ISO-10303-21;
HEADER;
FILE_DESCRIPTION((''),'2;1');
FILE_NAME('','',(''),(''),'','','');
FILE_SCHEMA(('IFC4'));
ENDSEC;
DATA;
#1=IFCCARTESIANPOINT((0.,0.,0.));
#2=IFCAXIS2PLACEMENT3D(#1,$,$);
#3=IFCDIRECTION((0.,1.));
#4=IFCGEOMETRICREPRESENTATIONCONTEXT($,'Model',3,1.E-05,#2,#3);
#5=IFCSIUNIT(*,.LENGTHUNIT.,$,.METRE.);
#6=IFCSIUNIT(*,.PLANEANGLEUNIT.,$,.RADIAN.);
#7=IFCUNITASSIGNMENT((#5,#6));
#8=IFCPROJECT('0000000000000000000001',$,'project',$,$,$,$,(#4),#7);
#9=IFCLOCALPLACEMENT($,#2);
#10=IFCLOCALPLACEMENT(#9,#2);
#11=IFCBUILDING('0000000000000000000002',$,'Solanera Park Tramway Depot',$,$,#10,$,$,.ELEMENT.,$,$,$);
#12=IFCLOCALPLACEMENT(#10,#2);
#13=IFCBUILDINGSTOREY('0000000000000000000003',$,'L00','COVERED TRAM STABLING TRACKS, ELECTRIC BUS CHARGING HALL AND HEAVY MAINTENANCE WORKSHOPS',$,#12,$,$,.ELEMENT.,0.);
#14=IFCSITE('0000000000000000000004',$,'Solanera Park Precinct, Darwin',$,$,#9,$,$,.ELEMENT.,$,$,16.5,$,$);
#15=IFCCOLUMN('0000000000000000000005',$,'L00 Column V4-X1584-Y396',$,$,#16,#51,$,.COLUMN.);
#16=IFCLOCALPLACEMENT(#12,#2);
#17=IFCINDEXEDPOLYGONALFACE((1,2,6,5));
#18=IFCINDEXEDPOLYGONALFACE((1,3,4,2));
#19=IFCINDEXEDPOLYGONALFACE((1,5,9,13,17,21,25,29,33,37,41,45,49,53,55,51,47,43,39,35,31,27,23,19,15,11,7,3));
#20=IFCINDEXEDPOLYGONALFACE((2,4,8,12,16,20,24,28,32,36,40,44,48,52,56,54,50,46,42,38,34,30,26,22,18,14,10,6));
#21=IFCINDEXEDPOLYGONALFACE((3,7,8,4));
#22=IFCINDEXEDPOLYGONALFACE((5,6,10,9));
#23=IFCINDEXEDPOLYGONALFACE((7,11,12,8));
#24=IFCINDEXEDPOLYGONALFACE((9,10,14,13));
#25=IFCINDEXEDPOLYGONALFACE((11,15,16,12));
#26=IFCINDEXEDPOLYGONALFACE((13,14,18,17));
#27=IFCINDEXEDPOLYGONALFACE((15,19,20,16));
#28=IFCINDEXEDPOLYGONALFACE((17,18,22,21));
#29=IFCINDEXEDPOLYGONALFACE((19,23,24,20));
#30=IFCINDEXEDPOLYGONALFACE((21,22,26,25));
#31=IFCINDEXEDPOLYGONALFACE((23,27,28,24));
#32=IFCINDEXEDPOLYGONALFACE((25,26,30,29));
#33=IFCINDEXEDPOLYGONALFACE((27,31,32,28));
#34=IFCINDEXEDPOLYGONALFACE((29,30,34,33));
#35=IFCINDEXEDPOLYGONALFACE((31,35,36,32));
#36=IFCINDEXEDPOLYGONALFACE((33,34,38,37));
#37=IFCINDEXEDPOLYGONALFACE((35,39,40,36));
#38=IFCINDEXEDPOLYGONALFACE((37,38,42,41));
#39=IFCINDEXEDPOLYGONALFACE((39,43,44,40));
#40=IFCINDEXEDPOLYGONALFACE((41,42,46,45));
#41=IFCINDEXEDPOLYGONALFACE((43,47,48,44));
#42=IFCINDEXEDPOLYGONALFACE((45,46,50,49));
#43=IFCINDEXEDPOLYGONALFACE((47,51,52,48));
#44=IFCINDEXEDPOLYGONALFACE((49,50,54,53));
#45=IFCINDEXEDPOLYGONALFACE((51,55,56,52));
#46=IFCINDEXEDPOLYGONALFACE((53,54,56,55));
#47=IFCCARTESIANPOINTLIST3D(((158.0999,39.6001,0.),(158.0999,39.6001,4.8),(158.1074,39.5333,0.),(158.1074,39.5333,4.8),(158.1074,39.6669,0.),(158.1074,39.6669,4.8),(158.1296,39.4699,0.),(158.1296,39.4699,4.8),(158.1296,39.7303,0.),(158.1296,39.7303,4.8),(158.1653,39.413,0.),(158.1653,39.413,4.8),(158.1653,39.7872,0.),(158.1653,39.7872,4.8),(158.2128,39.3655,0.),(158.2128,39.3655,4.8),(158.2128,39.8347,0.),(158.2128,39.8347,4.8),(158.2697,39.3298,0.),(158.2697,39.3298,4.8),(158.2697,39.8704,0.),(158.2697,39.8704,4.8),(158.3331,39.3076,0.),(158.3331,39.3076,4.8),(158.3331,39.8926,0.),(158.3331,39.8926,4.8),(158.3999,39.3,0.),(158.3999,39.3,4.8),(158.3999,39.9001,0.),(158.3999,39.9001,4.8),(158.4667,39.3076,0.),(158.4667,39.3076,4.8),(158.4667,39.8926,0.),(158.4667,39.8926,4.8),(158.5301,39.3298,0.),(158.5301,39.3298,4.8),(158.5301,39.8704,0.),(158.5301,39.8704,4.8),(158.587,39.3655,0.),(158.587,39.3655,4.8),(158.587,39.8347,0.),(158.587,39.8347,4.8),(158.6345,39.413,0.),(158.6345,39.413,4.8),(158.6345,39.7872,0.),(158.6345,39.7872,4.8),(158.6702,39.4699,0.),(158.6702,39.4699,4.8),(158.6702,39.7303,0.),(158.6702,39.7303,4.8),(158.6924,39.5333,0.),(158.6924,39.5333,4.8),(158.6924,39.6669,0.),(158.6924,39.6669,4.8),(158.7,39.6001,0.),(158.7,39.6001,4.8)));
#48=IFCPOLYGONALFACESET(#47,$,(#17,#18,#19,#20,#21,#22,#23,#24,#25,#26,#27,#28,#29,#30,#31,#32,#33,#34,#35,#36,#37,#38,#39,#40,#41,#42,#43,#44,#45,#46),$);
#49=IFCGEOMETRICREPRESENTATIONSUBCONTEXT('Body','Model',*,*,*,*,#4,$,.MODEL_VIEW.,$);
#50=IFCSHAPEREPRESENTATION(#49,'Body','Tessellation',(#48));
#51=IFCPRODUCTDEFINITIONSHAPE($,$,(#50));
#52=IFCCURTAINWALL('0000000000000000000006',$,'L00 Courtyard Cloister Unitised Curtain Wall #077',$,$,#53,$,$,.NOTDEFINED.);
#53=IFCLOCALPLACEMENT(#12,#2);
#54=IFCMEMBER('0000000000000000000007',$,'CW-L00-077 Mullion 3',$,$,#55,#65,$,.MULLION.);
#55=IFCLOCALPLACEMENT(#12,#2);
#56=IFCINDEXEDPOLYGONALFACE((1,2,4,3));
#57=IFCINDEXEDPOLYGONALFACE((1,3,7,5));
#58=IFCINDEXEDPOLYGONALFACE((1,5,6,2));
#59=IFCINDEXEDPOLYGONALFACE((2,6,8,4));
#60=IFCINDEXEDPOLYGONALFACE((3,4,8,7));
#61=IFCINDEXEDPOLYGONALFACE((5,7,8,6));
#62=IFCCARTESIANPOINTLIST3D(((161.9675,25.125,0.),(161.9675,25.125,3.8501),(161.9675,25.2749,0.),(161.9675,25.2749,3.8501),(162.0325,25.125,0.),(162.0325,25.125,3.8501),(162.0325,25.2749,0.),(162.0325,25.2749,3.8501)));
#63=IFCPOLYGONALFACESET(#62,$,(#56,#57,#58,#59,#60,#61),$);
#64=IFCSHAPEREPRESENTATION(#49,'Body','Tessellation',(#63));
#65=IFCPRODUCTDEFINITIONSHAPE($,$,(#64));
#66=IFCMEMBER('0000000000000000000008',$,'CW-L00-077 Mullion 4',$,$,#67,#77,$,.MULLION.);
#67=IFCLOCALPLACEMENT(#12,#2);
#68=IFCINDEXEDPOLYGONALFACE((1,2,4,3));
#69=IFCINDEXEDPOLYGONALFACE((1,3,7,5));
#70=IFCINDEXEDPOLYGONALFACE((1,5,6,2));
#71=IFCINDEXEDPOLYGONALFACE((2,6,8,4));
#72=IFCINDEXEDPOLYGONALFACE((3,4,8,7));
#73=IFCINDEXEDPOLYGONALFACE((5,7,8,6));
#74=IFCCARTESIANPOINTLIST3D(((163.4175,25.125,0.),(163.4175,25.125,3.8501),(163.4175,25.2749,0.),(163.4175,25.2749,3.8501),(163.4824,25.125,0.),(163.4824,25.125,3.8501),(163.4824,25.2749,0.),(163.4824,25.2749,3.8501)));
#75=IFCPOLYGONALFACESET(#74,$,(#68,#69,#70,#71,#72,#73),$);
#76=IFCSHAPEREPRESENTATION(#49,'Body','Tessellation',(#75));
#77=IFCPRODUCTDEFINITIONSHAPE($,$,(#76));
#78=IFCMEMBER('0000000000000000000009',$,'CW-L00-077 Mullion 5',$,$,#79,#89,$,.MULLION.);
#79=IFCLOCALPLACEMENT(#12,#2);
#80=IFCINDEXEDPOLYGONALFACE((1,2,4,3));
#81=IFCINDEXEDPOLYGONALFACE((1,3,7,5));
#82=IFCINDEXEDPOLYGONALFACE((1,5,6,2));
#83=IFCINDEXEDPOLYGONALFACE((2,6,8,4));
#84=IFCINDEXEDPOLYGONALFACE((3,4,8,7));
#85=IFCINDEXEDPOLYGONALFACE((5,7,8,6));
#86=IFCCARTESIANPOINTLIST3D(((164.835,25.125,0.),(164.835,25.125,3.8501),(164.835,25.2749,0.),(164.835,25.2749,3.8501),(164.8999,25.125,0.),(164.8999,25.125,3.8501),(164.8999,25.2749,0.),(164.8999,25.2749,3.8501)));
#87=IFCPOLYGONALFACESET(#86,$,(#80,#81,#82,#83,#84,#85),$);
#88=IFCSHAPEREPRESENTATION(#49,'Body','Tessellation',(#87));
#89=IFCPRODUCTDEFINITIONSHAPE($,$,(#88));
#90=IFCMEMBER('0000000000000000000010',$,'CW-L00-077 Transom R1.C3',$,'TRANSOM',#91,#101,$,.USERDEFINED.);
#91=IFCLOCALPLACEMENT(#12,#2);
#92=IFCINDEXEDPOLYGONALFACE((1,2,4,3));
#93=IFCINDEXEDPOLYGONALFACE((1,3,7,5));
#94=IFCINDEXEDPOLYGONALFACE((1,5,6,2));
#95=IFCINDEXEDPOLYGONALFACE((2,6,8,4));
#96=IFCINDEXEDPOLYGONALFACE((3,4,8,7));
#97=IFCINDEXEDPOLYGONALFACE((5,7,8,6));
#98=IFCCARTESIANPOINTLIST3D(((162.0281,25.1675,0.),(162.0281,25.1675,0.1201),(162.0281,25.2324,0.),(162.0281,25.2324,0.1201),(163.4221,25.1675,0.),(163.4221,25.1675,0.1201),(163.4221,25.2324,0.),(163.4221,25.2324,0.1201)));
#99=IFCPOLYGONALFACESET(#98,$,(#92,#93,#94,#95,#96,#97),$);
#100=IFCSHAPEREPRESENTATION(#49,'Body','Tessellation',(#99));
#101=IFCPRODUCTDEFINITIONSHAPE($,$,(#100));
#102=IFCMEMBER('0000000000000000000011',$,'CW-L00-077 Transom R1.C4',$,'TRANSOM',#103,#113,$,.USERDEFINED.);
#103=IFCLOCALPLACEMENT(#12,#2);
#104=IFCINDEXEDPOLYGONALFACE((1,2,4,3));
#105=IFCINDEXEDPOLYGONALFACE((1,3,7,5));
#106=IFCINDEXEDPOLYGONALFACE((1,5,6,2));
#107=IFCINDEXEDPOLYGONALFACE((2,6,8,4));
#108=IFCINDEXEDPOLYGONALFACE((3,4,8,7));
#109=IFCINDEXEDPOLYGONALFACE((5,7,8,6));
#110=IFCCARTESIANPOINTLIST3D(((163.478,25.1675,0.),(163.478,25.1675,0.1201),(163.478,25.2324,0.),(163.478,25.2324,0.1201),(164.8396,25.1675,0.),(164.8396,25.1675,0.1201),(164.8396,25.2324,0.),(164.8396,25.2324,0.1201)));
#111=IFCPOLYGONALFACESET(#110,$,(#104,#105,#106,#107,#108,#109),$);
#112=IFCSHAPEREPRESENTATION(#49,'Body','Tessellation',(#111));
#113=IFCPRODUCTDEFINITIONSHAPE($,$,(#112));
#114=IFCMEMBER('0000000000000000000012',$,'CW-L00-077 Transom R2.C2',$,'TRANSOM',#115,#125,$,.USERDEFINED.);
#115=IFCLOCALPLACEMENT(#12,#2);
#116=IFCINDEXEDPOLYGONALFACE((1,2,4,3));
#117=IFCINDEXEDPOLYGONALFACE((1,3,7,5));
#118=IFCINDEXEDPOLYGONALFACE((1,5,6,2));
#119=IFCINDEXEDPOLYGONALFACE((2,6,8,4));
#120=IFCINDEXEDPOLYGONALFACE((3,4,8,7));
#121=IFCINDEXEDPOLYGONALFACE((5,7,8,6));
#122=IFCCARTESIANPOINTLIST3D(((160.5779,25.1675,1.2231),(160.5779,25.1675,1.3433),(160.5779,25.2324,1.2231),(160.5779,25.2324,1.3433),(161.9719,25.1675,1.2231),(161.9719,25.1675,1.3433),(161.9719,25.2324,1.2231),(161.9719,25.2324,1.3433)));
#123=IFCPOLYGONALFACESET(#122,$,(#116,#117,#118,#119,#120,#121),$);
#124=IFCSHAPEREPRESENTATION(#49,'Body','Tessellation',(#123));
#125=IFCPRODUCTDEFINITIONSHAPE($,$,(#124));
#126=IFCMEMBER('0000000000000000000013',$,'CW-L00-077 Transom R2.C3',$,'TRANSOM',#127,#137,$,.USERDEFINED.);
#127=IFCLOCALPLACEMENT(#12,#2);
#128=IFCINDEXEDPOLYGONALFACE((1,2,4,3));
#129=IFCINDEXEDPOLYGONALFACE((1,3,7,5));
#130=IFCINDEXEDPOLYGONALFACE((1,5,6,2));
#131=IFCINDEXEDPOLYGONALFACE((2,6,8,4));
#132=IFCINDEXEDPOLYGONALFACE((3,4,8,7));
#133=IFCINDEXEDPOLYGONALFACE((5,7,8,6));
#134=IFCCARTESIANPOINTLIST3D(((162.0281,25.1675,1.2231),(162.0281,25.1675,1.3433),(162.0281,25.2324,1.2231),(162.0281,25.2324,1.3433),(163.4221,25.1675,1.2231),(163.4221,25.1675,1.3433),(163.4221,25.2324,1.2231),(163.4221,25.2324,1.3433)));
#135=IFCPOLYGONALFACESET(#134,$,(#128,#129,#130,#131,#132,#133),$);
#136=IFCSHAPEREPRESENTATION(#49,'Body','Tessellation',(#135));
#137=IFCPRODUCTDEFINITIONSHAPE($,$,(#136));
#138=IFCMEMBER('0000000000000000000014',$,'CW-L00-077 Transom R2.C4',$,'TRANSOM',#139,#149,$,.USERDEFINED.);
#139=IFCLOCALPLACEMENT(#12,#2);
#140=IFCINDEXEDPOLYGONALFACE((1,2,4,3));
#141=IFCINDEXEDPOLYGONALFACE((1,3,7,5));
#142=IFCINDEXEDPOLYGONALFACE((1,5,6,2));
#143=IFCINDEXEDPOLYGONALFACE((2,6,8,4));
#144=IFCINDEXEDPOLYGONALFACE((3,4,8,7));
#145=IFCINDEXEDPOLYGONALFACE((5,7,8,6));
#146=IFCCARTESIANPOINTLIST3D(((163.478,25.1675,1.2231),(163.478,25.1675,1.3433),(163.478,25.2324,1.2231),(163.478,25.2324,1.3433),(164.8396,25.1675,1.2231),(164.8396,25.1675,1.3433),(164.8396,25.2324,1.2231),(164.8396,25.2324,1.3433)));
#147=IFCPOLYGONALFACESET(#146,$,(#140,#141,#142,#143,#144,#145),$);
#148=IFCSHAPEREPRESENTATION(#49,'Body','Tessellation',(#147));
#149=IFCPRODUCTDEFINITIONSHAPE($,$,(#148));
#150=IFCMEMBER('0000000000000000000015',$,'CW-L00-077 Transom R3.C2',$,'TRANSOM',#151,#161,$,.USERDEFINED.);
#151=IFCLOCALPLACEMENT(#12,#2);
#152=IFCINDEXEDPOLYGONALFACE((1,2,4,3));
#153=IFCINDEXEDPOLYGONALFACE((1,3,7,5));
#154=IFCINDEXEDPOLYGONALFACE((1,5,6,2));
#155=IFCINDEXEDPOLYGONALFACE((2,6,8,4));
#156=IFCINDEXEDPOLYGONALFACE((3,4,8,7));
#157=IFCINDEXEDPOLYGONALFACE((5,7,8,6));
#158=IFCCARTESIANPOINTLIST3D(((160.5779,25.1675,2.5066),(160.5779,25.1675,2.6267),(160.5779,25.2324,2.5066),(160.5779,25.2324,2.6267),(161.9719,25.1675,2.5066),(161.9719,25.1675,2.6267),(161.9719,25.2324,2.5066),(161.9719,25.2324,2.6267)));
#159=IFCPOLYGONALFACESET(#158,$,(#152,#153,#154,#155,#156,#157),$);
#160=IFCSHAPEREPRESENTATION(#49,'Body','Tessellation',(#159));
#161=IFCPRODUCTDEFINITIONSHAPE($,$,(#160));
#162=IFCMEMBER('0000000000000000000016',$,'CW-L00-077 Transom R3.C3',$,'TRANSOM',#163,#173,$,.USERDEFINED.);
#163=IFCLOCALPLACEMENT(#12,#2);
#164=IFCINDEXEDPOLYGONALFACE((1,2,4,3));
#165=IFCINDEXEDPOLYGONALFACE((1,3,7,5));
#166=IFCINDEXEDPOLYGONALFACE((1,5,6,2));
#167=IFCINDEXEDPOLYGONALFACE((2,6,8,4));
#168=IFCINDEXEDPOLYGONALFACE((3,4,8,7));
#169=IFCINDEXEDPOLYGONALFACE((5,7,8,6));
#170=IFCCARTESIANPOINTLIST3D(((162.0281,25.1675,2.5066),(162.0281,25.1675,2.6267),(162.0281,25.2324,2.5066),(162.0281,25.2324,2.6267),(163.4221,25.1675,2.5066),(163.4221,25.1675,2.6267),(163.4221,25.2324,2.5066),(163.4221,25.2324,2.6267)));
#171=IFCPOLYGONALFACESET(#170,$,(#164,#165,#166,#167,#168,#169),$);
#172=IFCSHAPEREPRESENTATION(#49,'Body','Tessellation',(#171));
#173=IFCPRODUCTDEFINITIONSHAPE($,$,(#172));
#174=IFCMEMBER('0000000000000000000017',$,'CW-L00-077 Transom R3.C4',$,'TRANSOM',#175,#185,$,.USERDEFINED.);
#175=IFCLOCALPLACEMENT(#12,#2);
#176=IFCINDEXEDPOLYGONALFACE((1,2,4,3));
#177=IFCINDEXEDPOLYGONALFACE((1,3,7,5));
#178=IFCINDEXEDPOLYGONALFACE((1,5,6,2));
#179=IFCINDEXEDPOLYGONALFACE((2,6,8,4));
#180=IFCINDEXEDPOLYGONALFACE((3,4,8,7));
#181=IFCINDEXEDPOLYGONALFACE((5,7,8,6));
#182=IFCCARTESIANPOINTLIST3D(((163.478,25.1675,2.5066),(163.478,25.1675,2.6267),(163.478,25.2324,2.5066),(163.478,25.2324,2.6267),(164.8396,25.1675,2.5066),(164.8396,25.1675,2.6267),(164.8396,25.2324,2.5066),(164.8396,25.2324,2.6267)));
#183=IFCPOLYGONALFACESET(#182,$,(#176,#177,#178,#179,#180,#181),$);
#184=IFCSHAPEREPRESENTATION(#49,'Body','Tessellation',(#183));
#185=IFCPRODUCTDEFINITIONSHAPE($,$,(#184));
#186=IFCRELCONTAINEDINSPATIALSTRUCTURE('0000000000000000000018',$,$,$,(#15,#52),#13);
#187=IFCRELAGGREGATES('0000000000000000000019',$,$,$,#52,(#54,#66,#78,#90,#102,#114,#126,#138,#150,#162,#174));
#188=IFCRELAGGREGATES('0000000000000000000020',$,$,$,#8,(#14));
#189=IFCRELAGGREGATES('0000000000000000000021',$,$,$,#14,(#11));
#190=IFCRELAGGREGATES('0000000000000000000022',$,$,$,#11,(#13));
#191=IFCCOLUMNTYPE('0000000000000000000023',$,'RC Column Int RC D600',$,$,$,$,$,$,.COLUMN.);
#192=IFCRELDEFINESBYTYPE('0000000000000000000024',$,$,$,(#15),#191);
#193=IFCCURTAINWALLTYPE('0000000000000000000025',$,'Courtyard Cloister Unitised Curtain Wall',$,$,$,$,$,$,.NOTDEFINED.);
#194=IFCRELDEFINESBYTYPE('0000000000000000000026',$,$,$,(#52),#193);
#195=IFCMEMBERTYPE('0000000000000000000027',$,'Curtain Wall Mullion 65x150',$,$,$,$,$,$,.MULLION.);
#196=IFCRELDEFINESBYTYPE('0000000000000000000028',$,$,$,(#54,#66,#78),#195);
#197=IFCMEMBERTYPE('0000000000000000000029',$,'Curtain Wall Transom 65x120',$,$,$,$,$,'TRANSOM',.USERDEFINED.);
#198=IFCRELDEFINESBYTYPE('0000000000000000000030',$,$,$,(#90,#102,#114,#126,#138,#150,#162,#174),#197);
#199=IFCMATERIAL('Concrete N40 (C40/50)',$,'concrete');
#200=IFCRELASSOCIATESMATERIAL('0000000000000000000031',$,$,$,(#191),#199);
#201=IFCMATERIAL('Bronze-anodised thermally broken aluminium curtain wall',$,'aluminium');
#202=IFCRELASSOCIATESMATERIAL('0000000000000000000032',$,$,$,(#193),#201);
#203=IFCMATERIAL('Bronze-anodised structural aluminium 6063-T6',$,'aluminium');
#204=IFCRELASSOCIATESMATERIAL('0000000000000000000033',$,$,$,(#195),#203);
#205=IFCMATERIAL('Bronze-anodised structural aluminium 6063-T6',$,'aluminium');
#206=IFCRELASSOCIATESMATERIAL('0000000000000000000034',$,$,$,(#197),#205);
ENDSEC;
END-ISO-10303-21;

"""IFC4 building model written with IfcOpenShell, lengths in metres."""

from ifc_helpers import new_model, si_unit, direction, frame, origin, origin_2d, place, context, subcontext, project, spatial, rectangle, circle, extrude, material, material_profile, profile_set, type_object, element, aggregate, save


model = new_model("IFC4")

# Units and contexts
model_context = context("Model", 3, precision=1e-05, world=origin(), true_north=direction((0.0, 1.0)))
body_context = subcontext(model_context, "Body", "Model", "MODEL_VIEW")
ifc_project = project(units=[si_unit("LENGTHUNIT", "METRE"), si_unit("PLANEANGLEUNIT", "RADIAN")], contexts=[model_context])

# Site, building, storey
site_placement = place(None, origin())
site = spatial("IfcSite", under=ifc_project, at=site_placement, Name="Solanera Park Precinct, Darwin", CompositionType="ELEMENT", RefElevation=16.5)
building_placement = place(site_placement, origin())
building = spatial("IfcBuilding", under=site, at=building_placement, Name="Solanera Park Tramway Depot", CompositionType="ELEMENT")
storey_placement = place(building_placement, origin())
storey = spatial("IfcBuildingStorey", under=building, at=storey_placement, Name="L00", Description="COVERED TRAM STABLING TRACKS, ELECTRIC BUS CHARGING HALL AND HEAVY MAINTENANCE WORKSHOPS", CompositionType="ELEMENT", Elevation=0.0)

# Column
ifc_material_1 = material(Name="Concrete N40 (C40/50)", Category="concrete")
ifc_material_profile_1 = material_profile(ifc_material_1, circle(Radius=0.3, at=origin_2d()), Name="RC D600")
ifc_profile_set_1 = profile_set([ifc_material_profile_1], Name="Concrete N40 (C40/50)")
column_type_1 = type_object("IfcColumnType", Name="RC Column Int RC D600", PredefinedType="COLUMN", material=ifc_profile_set_1)
column_1_placement = place(storey_placement, frame((158.3999, 39.6001, 0.0), z_axis=(0.0, 0.0, 1.0), x_axis=(1.0, 0.0, 0.0)))
element("IfcColumn", 1, at=column_1_placement, inside=storey, type_object=column_type_1, Name="L00 Column V4-X1584-Y396", PredefinedType="COLUMN", context=body_context, shape_type="SweptSolid", body=[
    extrude(circle(Radius=0.3, at=origin_2d()), origin(), (0.0, 0.0, 1.0), 4.8),
])

# Curtain wall, members
ifc_material_2 = material(Name="Bronze-anodised thermally broken aluminium curtain wall", Category="aluminium")
curtain_wall_type = type_object("IfcCurtainWallType", Name="Courtyard Cloister Unitised Curtain Wall", PredefinedType="NOTDEFINED", material=ifc_material_2)
curtain_wall_placement = place(storey_placement, origin())
curtain_wall = element("IfcCurtainWall", 2, at=curtain_wall_placement, inside=storey, type_object=curtain_wall_type, Name="L00 Courtyard Cloister Unitised Curtain Wall #077", PredefinedType="NOTDEFINED")
ifc_material_3 = material(Name="Bronze-anodised structural aluminium 6063-T6", Category="aluminium")
ifc_material_profile_2 = material_profile(ifc_material_3, rectangle(XDim=0.0649, YDim=0.1499, at=origin_2d()), Name="Curtain Wall Mullion 65x150")
ifc_profile_set_2 = profile_set([ifc_material_profile_2], Name="Bronze-anodised structural aluminium 6063-T6")
member_type_1 = type_object("IfcMemberType", Name="Curtain Wall Mullion 65x150", PredefinedType="MULLION", material=ifc_profile_set_2)
member_1_placement = place(storey_placement, frame((162.0, 25.2, 0.0), z_axis=(0.0, 0.0, 1.0), x_axis=(1.0, 0.0, 0.0)))
member_1 = element("IfcMember", 3, at=member_1_placement, type_object=member_type_1, Name="CW-L00-077 Mullion 3", PredefinedType="MULLION", context=body_context, shape_type="SweptSolid", body=[
    extrude(rectangle(XDim=0.0649, YDim=0.1499, at=origin_2d()), origin(), (0.0, 0.0, 1.0), 3.8501),
])
member_2_placement = place(storey_placement, frame((163.45, 25.2, 0.0), z_axis=(0.0, 0.0, 1.0), x_axis=(1.0, 0.0, 0.0)))
member_2 = element("IfcMember", 4, at=member_2_placement, type_object=member_type_1, Name="CW-L00-077 Mullion 4", PredefinedType="MULLION", context=body_context, shape_type="SweptSolid", body=[
    extrude(rectangle(XDim=0.0649, YDim=0.1499, at=origin_2d()), origin(), (0.0, 0.0, 1.0), 3.8501),
])
member_3_placement = place(storey_placement, frame((164.8674, 25.2, 0.0), z_axis=(0.0, 0.0, 1.0), x_axis=(1.0, 0.0, 0.0)))
member_3 = element("IfcMember", 5, at=member_3_placement, type_object=member_type_1, Name="CW-L00-077 Mullion 5", PredefinedType="MULLION", context=body_context, shape_type="SweptSolid", body=[
    extrude(rectangle(XDim=0.0649, YDim=0.1499, at=origin_2d()), origin(), (0.0, 0.0, 1.0), 3.8501),
])
ifc_material_4 = material(Name="Bronze-anodised structural aluminium 6063-T6", Category="aluminium")
ifc_material_profile_3 = material_profile(ifc_material_4, rectangle(XDim=0.0649, YDim=0.1201, at=origin_2d()), Name="Curtain Wall Transom 65x120")
ifc_profile_set_3 = profile_set([ifc_material_profile_3], Name="Bronze-anodised structural aluminium 6063-T6")
member_type_2 = type_object("IfcMemberType", Name="Curtain Wall Transom 65x120", ElementType="TRANSOM", PredefinedType="USERDEFINED", material=ifc_profile_set_3)
member_4_placement = place(storey_placement, frame((162.0281, 25.2, 0.0601), z_axis=(1.0, 0.0, 0.0), x_axis=(0.0, 1.0, 0.0)))
member_4 = element("IfcMember", 6, at=member_4_placement, type_object=member_type_2, Name="CW-L00-077 Transom R1.C3", ObjectType="TRANSOM", PredefinedType="USERDEFINED", context=body_context, shape_type="SweptSolid", body=[
    extrude(rectangle(XDim=0.0649, YDim=0.1201, at=origin_2d()), origin(), (0.0, 0.0, 1.0), 1.394),
])
member_5_placement = place(storey_placement, frame((163.478, 25.2, 0.0601), z_axis=(1.0, 0.0, 0.0), x_axis=(0.0, 1.0, 0.0)))
member_5 = element("IfcMember", 7, at=member_5_placement, type_object=member_type_2, Name="CW-L00-077 Transom R1.C4", ObjectType="TRANSOM", PredefinedType="USERDEFINED", context=body_context, shape_type="SweptSolid", body=[
    extrude(rectangle(XDim=0.0649, YDim=0.1201, at=origin_2d()), origin(), (0.0, 0.0, 1.0), 1.3616),
])
member_6_placement = place(storey_placement, frame((160.5779, 25.2, 1.2832), z_axis=(1.0, 0.0, 0.0), x_axis=(0.0, 1.0, 0.0)))
member_6 = element("IfcMember", 8, at=member_6_placement, type_object=member_type_2, Name="CW-L00-077 Transom R2.C2", ObjectType="TRANSOM", PredefinedType="USERDEFINED", context=body_context, shape_type="SweptSolid", body=[
    extrude(rectangle(XDim=0.0649, YDim=0.1201, at=origin_2d()), origin(), (0.0, 0.0, 1.0), 1.394),
])
member_7_placement = place(storey_placement, frame((162.0281, 25.2, 1.2832), z_axis=(1.0, 0.0, 0.0), x_axis=(0.0, 1.0, 0.0)))
member_7 = element("IfcMember", 9, at=member_7_placement, type_object=member_type_2, Name="CW-L00-077 Transom R2.C3", ObjectType="TRANSOM", PredefinedType="USERDEFINED", context=body_context, shape_type="SweptSolid", body=[
    extrude(rectangle(XDim=0.0649, YDim=0.1201, at=origin_2d()), origin(), (0.0, 0.0, 1.0), 1.394),
])
member_8_placement = place(storey_placement, frame((163.478, 25.2, 1.2832), z_axis=(1.0, 0.0, 0.0), x_axis=(0.0, 1.0, 0.0)))
member_8 = element("IfcMember", 10, at=member_8_placement, type_object=member_type_2, Name="CW-L00-077 Transom R2.C4", ObjectType="TRANSOM", PredefinedType="USERDEFINED", context=body_context, shape_type="SweptSolid", body=[
    extrude(rectangle(XDim=0.0649, YDim=0.1201, at=origin_2d()), origin(), (0.0, 0.0, 1.0), 1.3616),
])
member_9_placement = place(storey_placement, frame((160.5779, 25.2, 2.5667), z_axis=(1.0, 0.0, 0.0), x_axis=(0.0, 1.0, 0.0)))
member_9 = element("IfcMember", 11, at=member_9_placement, type_object=member_type_2, Name="CW-L00-077 Transom R3.C2", ObjectType="TRANSOM", PredefinedType="USERDEFINED", context=body_context, shape_type="SweptSolid", body=[
    extrude(rectangle(XDim=0.0649, YDim=0.1201, at=origin_2d()), origin(), (0.0, 0.0, 1.0), 1.394),
])
member_10_placement = place(storey_placement, frame((162.0281, 25.2, 2.5667), z_axis=(1.0, 0.0, 0.0), x_axis=(0.0, 1.0, 0.0)))
member_10 = element("IfcMember", 12, at=member_10_placement, type_object=member_type_2, Name="CW-L00-077 Transom R3.C3", ObjectType="TRANSOM", PredefinedType="USERDEFINED", context=body_context, shape_type="SweptSolid", body=[
    extrude(rectangle(XDim=0.0649, YDim=0.1201, at=origin_2d()), origin(), (0.0, 0.0, 1.0), 1.394),
])
member_11_placement = place(storey_placement, frame((163.478, 25.2, 2.5667), z_axis=(1.0, 0.0, 0.0), x_axis=(0.0, 1.0, 0.0)))
member_11 = element("IfcMember", 13, at=member_11_placement, type_object=member_type_2, Name="CW-L00-077 Transom R3.C4", ObjectType="TRANSOM", PredefinedType="USERDEFINED", context=body_context, shape_type="SweptSolid", body=[
    extrude(rectangle(XDim=0.0649, YDim=0.1201, at=origin_2d()), origin(), (0.0, 0.0, 1.0), 1.3616),
])
aggregate(curtain_wall, [member_1, member_2, member_3, member_4, member_5, member_6, member_7, member_8, member_9, member_10, member_11])

save(model, "model.ifc")
